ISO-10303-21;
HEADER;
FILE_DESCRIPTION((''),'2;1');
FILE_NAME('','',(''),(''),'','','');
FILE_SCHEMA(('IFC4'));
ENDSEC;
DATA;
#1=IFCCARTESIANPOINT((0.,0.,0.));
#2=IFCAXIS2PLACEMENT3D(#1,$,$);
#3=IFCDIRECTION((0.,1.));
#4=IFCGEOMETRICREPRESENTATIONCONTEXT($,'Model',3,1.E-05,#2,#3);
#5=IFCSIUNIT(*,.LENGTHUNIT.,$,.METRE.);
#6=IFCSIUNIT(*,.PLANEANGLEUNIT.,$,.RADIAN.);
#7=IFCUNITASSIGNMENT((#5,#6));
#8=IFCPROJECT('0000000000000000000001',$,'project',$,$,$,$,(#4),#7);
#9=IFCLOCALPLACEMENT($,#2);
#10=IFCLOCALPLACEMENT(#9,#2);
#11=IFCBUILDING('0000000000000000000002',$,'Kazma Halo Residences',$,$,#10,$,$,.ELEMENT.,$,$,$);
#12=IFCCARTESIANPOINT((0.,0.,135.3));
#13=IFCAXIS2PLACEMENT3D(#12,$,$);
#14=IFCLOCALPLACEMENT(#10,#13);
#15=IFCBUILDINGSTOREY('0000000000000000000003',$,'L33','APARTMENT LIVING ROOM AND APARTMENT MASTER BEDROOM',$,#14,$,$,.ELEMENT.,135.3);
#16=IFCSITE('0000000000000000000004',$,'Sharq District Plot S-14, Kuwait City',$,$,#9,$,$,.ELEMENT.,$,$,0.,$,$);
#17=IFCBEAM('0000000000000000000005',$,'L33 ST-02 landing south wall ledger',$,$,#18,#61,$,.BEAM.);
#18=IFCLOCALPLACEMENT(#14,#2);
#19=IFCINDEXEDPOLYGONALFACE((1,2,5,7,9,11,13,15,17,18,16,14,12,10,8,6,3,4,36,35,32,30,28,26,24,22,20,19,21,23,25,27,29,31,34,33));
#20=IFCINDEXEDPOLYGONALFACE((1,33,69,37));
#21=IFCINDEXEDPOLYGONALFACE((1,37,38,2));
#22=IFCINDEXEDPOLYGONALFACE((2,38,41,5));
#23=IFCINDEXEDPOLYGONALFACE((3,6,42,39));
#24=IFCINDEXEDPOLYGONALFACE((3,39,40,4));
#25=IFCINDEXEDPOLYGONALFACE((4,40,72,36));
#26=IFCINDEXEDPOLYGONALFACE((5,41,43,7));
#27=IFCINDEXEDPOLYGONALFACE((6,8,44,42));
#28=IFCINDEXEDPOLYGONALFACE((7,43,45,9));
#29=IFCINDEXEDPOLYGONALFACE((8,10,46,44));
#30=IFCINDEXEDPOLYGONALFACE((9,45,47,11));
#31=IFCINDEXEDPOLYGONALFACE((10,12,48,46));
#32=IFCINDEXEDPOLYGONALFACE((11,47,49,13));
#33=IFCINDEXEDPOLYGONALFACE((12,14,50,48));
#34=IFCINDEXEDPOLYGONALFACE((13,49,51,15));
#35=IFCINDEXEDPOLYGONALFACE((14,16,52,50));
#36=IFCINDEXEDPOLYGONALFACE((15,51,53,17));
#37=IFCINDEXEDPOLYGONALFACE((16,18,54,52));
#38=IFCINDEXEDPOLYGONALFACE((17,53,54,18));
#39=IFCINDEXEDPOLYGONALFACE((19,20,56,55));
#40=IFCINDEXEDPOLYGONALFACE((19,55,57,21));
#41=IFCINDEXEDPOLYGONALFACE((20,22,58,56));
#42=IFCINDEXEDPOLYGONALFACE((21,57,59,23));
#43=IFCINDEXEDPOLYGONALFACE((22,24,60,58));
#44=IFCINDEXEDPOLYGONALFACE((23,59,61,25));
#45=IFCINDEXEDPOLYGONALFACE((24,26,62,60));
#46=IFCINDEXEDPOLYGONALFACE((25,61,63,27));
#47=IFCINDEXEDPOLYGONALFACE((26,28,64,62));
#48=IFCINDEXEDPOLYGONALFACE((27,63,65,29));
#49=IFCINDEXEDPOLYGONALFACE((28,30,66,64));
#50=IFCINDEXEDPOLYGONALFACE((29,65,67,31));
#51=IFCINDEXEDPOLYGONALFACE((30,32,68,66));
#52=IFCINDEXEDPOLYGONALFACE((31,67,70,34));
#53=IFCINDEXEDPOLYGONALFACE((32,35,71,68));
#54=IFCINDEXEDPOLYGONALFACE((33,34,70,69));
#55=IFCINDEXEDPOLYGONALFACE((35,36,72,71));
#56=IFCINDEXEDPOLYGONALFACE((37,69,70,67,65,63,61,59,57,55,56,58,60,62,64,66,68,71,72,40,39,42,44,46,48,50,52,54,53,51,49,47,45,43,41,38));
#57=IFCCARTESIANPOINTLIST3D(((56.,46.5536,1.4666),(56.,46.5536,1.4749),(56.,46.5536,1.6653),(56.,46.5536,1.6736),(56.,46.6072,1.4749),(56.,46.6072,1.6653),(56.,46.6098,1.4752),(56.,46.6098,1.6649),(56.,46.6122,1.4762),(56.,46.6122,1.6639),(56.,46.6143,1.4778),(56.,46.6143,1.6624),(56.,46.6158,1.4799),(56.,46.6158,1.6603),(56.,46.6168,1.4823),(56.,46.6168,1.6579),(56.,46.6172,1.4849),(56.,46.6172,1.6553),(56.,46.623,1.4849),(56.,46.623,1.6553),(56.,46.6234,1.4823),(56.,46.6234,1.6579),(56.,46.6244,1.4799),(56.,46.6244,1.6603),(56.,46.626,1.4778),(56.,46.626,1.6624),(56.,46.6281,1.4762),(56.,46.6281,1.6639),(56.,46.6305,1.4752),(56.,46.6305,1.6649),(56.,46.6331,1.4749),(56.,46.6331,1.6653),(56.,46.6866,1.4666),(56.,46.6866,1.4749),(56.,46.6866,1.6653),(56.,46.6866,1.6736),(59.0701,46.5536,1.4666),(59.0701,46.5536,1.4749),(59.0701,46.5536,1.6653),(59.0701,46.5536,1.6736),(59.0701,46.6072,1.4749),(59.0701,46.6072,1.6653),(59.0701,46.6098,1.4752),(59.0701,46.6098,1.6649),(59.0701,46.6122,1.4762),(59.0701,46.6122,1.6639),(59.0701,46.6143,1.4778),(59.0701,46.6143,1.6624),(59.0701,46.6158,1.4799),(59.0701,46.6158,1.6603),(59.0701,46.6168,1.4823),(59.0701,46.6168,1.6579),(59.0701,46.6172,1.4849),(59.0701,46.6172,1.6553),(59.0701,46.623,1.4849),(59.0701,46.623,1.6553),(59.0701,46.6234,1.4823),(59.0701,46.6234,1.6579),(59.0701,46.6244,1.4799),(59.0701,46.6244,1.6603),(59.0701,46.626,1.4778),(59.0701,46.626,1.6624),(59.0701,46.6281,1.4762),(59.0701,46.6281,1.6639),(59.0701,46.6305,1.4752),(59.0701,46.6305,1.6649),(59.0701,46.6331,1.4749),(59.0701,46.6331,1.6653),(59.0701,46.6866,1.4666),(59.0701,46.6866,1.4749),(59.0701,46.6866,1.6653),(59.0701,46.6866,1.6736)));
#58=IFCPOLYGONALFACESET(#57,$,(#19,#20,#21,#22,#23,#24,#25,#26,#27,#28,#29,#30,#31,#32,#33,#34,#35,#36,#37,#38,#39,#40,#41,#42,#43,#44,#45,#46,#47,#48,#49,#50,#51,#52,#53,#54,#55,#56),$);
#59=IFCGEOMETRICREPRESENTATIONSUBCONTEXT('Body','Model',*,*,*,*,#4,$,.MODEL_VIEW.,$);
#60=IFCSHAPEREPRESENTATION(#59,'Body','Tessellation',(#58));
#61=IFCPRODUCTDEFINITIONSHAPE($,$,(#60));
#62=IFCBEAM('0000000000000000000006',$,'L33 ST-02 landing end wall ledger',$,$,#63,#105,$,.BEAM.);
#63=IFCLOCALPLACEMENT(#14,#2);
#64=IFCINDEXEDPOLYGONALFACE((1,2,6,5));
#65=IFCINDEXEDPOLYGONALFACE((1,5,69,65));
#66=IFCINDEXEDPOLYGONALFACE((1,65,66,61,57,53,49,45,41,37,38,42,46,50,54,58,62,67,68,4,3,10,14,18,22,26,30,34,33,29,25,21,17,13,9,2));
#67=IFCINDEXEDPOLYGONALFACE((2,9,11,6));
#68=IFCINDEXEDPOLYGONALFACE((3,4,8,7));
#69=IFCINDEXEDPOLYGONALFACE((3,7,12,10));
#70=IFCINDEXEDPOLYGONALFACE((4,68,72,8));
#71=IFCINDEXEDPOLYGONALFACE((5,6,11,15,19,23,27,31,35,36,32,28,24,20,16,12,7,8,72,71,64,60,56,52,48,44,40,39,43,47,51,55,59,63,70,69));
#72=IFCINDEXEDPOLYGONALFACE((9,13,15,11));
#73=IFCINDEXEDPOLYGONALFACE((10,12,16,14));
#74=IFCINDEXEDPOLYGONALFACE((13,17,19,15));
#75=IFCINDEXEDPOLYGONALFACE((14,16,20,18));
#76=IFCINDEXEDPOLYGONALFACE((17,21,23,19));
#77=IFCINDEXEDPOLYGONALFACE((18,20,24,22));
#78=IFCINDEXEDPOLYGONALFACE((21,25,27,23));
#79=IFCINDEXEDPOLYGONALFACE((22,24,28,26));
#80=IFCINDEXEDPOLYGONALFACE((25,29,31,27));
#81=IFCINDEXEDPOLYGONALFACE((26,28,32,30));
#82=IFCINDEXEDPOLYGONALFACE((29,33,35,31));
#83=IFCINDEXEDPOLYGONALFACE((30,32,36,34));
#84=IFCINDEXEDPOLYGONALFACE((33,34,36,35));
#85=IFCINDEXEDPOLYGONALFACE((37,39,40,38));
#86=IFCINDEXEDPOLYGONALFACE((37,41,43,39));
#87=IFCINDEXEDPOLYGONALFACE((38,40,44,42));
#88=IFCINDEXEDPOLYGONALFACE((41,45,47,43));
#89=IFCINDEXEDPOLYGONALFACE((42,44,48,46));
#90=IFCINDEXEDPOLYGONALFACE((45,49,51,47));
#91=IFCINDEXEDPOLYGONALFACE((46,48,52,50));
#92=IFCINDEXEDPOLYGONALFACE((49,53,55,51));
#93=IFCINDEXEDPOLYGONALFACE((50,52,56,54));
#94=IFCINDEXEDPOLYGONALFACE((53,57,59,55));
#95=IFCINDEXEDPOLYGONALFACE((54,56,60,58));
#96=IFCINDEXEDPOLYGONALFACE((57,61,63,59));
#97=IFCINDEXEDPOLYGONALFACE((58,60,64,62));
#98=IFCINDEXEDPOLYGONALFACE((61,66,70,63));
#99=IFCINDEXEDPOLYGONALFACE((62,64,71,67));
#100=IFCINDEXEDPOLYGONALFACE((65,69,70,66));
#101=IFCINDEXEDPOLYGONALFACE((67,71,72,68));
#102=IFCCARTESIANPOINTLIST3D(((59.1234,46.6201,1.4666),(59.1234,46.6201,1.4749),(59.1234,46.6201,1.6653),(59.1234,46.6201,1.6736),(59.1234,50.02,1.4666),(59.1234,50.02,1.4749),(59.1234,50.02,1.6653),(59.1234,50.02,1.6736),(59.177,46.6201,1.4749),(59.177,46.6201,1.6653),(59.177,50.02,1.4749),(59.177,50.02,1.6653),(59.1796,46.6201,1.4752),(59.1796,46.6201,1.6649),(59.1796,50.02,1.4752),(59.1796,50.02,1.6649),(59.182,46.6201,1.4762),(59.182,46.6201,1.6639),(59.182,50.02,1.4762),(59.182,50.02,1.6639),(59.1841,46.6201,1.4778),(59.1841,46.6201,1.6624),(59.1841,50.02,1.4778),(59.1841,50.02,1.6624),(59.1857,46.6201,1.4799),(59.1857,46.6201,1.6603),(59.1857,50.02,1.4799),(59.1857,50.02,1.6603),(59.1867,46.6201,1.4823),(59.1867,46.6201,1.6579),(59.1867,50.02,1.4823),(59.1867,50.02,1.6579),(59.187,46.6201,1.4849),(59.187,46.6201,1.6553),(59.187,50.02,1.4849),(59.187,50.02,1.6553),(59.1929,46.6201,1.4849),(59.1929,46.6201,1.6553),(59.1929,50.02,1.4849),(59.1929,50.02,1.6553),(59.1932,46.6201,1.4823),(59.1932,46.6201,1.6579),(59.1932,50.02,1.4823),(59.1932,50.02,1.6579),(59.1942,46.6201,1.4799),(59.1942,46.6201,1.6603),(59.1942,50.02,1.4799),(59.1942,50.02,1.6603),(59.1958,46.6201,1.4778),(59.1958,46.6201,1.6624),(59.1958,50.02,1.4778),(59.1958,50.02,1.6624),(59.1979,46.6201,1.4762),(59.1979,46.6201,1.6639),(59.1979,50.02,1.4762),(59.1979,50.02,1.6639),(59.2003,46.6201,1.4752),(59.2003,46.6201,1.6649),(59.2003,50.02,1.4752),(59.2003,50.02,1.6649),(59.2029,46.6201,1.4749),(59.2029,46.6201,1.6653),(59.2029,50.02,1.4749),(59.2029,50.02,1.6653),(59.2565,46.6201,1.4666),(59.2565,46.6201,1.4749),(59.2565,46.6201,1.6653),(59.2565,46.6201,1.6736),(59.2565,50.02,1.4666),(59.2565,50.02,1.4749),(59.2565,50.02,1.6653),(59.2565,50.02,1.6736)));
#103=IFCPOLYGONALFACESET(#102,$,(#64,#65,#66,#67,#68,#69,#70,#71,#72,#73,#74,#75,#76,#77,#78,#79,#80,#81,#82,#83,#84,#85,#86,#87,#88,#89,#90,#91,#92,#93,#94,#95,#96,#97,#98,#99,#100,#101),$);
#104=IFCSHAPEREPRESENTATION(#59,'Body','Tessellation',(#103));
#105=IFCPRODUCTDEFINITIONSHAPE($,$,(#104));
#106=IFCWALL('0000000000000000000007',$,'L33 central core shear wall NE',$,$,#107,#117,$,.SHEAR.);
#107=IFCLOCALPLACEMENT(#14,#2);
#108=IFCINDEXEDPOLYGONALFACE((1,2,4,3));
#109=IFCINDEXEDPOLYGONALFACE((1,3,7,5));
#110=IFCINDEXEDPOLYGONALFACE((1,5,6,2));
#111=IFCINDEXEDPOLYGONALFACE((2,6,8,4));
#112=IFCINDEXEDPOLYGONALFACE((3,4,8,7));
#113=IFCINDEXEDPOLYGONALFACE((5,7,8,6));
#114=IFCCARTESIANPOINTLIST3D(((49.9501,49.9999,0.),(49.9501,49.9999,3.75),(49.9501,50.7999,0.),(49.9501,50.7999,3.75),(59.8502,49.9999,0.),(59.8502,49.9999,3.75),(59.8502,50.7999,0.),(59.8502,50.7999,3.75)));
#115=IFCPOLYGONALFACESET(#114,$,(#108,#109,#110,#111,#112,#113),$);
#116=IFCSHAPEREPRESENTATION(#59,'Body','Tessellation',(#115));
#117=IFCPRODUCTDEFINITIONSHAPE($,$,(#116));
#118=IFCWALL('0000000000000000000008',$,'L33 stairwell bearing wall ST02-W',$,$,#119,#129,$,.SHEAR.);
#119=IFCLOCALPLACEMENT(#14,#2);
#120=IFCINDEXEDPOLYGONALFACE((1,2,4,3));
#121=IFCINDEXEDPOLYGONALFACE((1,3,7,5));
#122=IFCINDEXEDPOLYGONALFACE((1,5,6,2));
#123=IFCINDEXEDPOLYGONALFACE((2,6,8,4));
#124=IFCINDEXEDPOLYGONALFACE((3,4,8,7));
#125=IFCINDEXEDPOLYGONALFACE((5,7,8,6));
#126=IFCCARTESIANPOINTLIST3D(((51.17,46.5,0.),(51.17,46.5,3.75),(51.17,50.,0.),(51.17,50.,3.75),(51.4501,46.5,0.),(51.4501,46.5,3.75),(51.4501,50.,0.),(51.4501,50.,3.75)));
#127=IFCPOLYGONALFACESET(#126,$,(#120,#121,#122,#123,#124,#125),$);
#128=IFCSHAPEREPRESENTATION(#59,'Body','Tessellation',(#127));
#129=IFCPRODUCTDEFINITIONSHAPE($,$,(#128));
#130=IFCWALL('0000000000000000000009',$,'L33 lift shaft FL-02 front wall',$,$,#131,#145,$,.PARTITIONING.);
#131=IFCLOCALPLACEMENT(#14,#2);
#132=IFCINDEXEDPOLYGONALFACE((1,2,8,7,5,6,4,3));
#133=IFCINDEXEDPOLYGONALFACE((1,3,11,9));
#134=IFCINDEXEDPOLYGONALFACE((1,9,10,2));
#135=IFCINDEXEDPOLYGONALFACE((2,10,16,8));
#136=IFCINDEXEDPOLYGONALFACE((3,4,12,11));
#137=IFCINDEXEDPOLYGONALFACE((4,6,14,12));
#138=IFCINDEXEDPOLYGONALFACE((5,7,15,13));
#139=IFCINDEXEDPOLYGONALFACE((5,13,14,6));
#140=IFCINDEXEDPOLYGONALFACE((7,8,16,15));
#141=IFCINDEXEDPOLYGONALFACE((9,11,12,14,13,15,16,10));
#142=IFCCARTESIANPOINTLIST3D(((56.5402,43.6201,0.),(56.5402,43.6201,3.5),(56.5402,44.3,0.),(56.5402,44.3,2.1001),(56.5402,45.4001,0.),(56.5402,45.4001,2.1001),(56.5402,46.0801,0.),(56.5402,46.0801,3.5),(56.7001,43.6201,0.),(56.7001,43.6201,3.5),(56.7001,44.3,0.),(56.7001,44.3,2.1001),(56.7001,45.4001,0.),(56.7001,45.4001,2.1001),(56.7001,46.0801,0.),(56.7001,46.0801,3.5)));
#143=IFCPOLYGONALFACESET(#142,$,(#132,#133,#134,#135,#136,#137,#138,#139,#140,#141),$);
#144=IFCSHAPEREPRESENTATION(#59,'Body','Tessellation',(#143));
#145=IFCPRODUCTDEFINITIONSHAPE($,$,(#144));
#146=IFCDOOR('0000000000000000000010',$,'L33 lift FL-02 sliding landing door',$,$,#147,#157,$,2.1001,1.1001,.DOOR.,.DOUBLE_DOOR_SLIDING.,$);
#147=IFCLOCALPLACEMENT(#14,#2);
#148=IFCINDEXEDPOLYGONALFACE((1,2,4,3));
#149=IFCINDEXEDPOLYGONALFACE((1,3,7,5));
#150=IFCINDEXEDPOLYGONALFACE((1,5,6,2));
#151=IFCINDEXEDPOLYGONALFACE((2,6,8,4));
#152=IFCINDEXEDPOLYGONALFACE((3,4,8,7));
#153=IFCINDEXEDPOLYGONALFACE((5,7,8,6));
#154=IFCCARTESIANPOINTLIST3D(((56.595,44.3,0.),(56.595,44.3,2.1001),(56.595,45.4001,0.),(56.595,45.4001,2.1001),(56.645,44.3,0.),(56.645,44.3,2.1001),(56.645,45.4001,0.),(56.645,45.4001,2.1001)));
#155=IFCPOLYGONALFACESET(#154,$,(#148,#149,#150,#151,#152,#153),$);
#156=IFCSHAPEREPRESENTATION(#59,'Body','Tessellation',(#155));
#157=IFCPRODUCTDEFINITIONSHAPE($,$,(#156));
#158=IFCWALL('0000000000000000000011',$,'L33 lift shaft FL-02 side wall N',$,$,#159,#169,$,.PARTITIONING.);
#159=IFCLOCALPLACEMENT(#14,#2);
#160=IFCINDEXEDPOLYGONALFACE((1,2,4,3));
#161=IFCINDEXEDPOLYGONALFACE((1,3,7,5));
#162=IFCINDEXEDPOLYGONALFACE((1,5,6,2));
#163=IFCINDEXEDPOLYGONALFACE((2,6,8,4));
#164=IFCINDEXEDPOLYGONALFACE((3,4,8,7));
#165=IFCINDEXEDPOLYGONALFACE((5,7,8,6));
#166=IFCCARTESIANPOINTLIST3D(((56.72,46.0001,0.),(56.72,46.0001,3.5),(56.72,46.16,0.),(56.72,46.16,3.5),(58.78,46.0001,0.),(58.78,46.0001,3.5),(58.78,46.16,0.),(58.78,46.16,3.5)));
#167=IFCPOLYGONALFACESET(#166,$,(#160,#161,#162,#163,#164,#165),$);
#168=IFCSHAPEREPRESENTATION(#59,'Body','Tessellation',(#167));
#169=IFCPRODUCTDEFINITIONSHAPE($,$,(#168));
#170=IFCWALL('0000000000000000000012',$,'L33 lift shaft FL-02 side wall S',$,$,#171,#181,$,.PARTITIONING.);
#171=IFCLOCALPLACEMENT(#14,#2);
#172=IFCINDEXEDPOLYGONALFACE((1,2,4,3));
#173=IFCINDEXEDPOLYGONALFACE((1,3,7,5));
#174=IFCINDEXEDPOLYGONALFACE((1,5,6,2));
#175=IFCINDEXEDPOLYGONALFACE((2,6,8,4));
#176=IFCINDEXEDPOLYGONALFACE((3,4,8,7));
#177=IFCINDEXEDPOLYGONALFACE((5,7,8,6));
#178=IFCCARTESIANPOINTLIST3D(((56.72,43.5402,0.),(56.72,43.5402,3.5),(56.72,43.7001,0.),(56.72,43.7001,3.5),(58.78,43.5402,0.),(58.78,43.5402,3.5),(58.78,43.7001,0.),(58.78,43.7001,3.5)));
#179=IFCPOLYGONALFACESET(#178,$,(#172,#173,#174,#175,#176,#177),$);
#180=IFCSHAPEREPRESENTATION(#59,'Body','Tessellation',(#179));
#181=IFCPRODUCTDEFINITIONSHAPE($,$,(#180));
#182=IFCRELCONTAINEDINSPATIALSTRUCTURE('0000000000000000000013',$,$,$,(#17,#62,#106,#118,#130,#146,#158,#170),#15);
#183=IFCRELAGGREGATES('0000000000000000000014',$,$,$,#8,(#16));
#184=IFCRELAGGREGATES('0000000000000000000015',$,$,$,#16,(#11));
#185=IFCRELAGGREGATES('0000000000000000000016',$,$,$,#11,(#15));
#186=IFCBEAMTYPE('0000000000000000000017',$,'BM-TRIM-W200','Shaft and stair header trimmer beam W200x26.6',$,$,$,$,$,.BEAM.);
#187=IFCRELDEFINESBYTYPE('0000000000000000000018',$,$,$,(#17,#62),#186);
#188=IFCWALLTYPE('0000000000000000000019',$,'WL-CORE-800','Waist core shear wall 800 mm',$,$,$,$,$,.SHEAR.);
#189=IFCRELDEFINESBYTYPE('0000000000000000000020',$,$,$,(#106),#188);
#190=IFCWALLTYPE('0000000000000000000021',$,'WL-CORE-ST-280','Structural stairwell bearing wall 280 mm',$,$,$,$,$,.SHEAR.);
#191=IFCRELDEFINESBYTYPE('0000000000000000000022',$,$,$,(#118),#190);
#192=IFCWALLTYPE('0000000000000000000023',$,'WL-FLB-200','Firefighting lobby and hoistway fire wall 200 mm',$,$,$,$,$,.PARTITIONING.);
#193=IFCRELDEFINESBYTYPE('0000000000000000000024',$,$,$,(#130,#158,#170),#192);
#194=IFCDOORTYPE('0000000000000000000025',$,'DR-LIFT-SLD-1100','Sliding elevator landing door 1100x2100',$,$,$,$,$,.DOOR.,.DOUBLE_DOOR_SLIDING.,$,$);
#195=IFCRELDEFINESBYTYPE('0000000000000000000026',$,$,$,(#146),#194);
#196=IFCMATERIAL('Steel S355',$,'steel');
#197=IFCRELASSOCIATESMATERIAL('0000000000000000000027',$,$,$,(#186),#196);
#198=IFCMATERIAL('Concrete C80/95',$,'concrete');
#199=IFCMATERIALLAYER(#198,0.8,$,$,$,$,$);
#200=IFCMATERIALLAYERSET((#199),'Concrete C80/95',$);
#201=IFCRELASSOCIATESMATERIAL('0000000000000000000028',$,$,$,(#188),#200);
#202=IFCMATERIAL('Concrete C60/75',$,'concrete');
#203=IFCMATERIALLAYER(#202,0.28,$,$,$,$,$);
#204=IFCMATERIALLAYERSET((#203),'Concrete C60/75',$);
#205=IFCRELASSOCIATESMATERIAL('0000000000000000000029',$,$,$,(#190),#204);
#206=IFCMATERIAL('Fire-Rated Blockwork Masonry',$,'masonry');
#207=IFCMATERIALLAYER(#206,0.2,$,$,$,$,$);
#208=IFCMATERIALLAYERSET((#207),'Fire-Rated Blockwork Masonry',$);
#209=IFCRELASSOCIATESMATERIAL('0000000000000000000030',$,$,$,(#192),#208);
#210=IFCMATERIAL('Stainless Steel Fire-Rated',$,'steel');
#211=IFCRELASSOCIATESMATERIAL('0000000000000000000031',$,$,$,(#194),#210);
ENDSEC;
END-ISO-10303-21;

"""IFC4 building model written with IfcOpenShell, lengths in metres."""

from ifc_helpers import new_model, si_unit, direction, frame, frame_2d, origin, origin_2d, place, context, subcontext, project, spatial, rectangle, i_section, extrude, material, layer, layer_set, material_profile, profile_set, type_object, element, fill, save


model = new_model("IFC4")

# Units and contexts
model_context = context("Model", 3, precision=1e-05, world=origin(), true_north=direction((0.0, 1.0)))
body_context = subcontext(model_context, "Body", "Model", "MODEL_VIEW")
ifc_project = project(units=[si_unit("LENGTHUNIT", "METRE"), si_unit("PLANEANGLEUNIT", "RADIAN")], contexts=[model_context])

# Site, building, storey
site_placement = place(None, origin())
site = spatial("IfcSite", under=ifc_project, at=site_placement, Name="Sharq District Plot S-14, Kuwait City", CompositionType="ELEMENT", RefElevation=0.0)
building_placement = place(site_placement, origin())
building = spatial("IfcBuilding", under=site, at=building_placement, Name="Kazma Halo Residences", CompositionType="ELEMENT")
storey_placement = place(building_placement, frame((0.0, 0.0, 135.3)))
storey = spatial("IfcBuildingStorey", under=building, at=storey_placement, Name="L33", Description="APARTMENT LIVING ROOM AND APARTMENT MASTER BEDROOM", CompositionType="ELEMENT", Elevation=135.3)

# Shared definitions
ifc_material_1 = material(Name="Steel S355", Category="steel")

# Beams
ifc_material_profile_1 = material_profile(ifc_material_1, i_section(OverallWidth=0.1331, OverallDepth=0.207, WebThickness=0.0059, FlangeThickness=0.0083, FilletRadius=0.01, at=origin_2d()), Name="W200x26.6")
ifc_profile_set_1 = profile_set([ifc_material_profile_1], Name="Steel S355")
beam_type_1 = type_object("IfcBeamType", Name="BM-TRIM-W200", Description="Shaft and stair header trimmer beam W200x26.6", PredefinedType="BEAM", material=ifc_profile_set_1)
beam_1_placement = place(storey_placement, frame((56.0, 46.6201, 1.5701), z_axis=(1.0, 0.0, 0.0), x_axis=(0.0, 1.0, 0.0)))
element("IfcBeam", 1, at=beam_1_placement, inside=storey, type_object=beam_type_1, Name="L33 ST-02 landing south wall ledger", PredefinedType="BEAM", context=body_context, shape_type="SweptSolid", body=[
    extrude(i_section(OverallWidth=0.1331, OverallDepth=0.207, WebThickness=0.0059, FlangeThickness=0.0083, FilletRadius=0.01, at=origin_2d()), origin(), (0.0, 0.0, 1.0), 3.0701),
])
beam_2_placement = place(storey_placement, frame((59.1899, 46.6201, 1.5701), z_axis=(0.0, 1.0, 0.0), x_axis=(-1.0, 0.0, 0.0)))
element("IfcBeam", 2, at=beam_2_placement, inside=storey, type_object=beam_type_1, Name="L33 ST-02 landing end wall ledger", PredefinedType="BEAM", context=body_context, shape_type="SweptSolid", body=[
    extrude(i_section(OverallWidth=0.1331, OverallDepth=0.207, WebThickness=0.0059, FlangeThickness=0.0083, FilletRadius=0.01, at=origin_2d()), origin(), (0.0, 0.0, 1.0), 3.3999),
])

# Walls
ifc_material_2 = material(Name="Concrete C80/95", Category="concrete")
ifc_layer_1 = layer(ifc_material_2, 0.8)
ifc_layer_set_1 = layer_set([ifc_layer_1], Name="Concrete C80/95")
wall_type_1 = type_object("IfcWallType", Name="WL-CORE-800", Description="Waist core shear wall 800 mm", PredefinedType="SHEAR", material=ifc_layer_set_1)
wall_1_placement = place(storey_placement, frame((49.95, 50.3999, 0.0), z_axis=(0.0, 0.0, 1.0), x_axis=(1.0, 0.0, 0.0)))
element("IfcWall", 3, at=wall_1_placement, inside=storey, type_object=wall_type_1, Name="L33 central core shear wall NE", PredefinedType="SHEAR", context=body_context, shape_type="SweptSolid", body=[
    extrude(rectangle(XDim=9.9001, YDim=0.8, at=frame_2d((4.9502, 0.0))), origin(), (0.0, 0.0, 1.0), 3.75),
])
ifc_material_3 = material(Name="Concrete C60/75", Category="concrete")
ifc_layer_2 = layer(ifc_material_3, 0.28)
ifc_layer_set_2 = layer_set([ifc_layer_2], Name="Concrete C60/75")
wall_type_2 = type_object("IfcWallType", Name="WL-CORE-ST-280", Description="Structural stairwell bearing wall 280 mm", PredefinedType="SHEAR", material=ifc_layer_set_2)
wall_2_placement = place(storey_placement, frame((51.3101, 46.5, 0.0), z_axis=(0.0, 0.0, 1.0), x_axis=(0.0, 1.0, 0.0)))
element("IfcWall", 4, at=wall_2_placement, inside=storey, type_object=wall_type_2, Name="L33 stairwell bearing wall ST02-W", PredefinedType="SHEAR", context=body_context, shape_type="SweptSolid", body=[
    extrude(rectangle(XDim=3.5, YDim=0.28, at=frame_2d((1.75, 0.0))), origin(), (0.0, 0.0, 1.0), 3.75),
])

# Wall, opening, door
ifc_material_4 = material(Name="Fire-Rated Blockwork Masonry", Category="masonry")
ifc_layer_3 = layer(ifc_material_4, 0.2)
ifc_layer_set_3 = layer_set([ifc_layer_3], Name="Fire-Rated Blockwork Masonry")
wall_type_3 = type_object("IfcWallType", Name="WL-FLB-200", Description="Firefighting lobby and hoistway fire wall 200 mm", PredefinedType="PARTITIONING", material=ifc_layer_set_3)
wall_3_placement = place(storey_placement, frame((56.6201, 46.0801, 0.0), z_axis=(0.0, 0.0, 1.0), x_axis=(0.0, -1.0, 0.0)))
wall_3 = element("IfcWall", 5, at=wall_3_placement, inside=storey, type_object=wall_type_3, Name="L33 lift shaft FL-02 front wall", PredefinedType="PARTITIONING", context=body_context, shape_type="SweptSolid", body=[
    extrude(rectangle(XDim=2.46, YDim=0.1599, at=frame_2d((1.23, 0.0))), origin(), (0.0, 0.0, 1.0), 3.5),
])
opening_1_placement = place(wall_3_placement, frame((0.6799, 0.0, 0.0)))
opening_1 = element("IfcOpeningElement", 6, at=opening_1_placement, cuts=wall_3, PredefinedType="OPENING", context=body_context, shape_type="SweptSolid", body=[
    extrude(rectangle(XDim=1.1001, YDim=2.1001, at=frame_2d((0.55, 1.05))), frame((0.0, 0.0898, 0.0), z_axis=(0.0, -1.0, 0.0), x_axis=(1.0, 0.0, 0.0)), (0.0, 0.0, 1.0), 0.1799),
])
ifc_material_5 = material(Name="Stainless Steel Fire-Rated", Category="steel")
door_type_1 = type_object("IfcDoorType", Name="DR-LIFT-SLD-1100", Description="Sliding elevator landing door 1100x2100", OperationType="DOUBLE_DOOR_SLIDING", PredefinedType="DOOR", material=ifc_material_5)
door_1_placement = place(opening_1_placement, origin())
door_1 = element("IfcDoor", 7, at=door_1_placement, inside=storey, type_object=door_type_1, Name="L33 lift FL-02 sliding landing door", OperationType="DOUBLE_DOOR_SLIDING", OverallHeight=2.1001, OverallWidth=1.1001, PredefinedType="DOOR", context=body_context, shape_type="SweptSolid", body=[
    extrude(rectangle(XDim=1.1001, YDim=2.1001, at=frame_2d((0.55, 1.05))), frame((0.0, 0.0249, 0.0), z_axis=(0.0, -1.0, 0.0), x_axis=(1.0, 0.0, 0.0)), (0.0, 0.0, 1.0), 0.05),
])
fill(opening_1, door_1)

# Walls
for number, where, z_axis, x_axis, name in (
    (8, (56.72, 46.0801, 0.0), (0.0, 0.0, 1.0), (1.0, 0.0, 0.0), "L33 lift shaft FL-02 side wall N"),
    (9, (56.72, 43.6201, 0.0), (0.0, 0.0, 1.0), (1.0, 0.0, 0.0), "L33 lift shaft FL-02 side wall S"),
):
    element("IfcWall", number, at=place(storey_placement, frame(where, z_axis=z_axis, x_axis=x_axis)), inside=storey, type_object=wall_type_3, Name=name, PredefinedType="PARTITIONING", context=body_context, shape_type="SweptSolid", body=[
        extrude(rectangle(XDim=2.0601, YDim=0.1599, at=frame_2d((1.03, 0.0))), origin(), (0.0, 0.0, 1.0), 3.5),
    ])

save(model, "model.ifc")
